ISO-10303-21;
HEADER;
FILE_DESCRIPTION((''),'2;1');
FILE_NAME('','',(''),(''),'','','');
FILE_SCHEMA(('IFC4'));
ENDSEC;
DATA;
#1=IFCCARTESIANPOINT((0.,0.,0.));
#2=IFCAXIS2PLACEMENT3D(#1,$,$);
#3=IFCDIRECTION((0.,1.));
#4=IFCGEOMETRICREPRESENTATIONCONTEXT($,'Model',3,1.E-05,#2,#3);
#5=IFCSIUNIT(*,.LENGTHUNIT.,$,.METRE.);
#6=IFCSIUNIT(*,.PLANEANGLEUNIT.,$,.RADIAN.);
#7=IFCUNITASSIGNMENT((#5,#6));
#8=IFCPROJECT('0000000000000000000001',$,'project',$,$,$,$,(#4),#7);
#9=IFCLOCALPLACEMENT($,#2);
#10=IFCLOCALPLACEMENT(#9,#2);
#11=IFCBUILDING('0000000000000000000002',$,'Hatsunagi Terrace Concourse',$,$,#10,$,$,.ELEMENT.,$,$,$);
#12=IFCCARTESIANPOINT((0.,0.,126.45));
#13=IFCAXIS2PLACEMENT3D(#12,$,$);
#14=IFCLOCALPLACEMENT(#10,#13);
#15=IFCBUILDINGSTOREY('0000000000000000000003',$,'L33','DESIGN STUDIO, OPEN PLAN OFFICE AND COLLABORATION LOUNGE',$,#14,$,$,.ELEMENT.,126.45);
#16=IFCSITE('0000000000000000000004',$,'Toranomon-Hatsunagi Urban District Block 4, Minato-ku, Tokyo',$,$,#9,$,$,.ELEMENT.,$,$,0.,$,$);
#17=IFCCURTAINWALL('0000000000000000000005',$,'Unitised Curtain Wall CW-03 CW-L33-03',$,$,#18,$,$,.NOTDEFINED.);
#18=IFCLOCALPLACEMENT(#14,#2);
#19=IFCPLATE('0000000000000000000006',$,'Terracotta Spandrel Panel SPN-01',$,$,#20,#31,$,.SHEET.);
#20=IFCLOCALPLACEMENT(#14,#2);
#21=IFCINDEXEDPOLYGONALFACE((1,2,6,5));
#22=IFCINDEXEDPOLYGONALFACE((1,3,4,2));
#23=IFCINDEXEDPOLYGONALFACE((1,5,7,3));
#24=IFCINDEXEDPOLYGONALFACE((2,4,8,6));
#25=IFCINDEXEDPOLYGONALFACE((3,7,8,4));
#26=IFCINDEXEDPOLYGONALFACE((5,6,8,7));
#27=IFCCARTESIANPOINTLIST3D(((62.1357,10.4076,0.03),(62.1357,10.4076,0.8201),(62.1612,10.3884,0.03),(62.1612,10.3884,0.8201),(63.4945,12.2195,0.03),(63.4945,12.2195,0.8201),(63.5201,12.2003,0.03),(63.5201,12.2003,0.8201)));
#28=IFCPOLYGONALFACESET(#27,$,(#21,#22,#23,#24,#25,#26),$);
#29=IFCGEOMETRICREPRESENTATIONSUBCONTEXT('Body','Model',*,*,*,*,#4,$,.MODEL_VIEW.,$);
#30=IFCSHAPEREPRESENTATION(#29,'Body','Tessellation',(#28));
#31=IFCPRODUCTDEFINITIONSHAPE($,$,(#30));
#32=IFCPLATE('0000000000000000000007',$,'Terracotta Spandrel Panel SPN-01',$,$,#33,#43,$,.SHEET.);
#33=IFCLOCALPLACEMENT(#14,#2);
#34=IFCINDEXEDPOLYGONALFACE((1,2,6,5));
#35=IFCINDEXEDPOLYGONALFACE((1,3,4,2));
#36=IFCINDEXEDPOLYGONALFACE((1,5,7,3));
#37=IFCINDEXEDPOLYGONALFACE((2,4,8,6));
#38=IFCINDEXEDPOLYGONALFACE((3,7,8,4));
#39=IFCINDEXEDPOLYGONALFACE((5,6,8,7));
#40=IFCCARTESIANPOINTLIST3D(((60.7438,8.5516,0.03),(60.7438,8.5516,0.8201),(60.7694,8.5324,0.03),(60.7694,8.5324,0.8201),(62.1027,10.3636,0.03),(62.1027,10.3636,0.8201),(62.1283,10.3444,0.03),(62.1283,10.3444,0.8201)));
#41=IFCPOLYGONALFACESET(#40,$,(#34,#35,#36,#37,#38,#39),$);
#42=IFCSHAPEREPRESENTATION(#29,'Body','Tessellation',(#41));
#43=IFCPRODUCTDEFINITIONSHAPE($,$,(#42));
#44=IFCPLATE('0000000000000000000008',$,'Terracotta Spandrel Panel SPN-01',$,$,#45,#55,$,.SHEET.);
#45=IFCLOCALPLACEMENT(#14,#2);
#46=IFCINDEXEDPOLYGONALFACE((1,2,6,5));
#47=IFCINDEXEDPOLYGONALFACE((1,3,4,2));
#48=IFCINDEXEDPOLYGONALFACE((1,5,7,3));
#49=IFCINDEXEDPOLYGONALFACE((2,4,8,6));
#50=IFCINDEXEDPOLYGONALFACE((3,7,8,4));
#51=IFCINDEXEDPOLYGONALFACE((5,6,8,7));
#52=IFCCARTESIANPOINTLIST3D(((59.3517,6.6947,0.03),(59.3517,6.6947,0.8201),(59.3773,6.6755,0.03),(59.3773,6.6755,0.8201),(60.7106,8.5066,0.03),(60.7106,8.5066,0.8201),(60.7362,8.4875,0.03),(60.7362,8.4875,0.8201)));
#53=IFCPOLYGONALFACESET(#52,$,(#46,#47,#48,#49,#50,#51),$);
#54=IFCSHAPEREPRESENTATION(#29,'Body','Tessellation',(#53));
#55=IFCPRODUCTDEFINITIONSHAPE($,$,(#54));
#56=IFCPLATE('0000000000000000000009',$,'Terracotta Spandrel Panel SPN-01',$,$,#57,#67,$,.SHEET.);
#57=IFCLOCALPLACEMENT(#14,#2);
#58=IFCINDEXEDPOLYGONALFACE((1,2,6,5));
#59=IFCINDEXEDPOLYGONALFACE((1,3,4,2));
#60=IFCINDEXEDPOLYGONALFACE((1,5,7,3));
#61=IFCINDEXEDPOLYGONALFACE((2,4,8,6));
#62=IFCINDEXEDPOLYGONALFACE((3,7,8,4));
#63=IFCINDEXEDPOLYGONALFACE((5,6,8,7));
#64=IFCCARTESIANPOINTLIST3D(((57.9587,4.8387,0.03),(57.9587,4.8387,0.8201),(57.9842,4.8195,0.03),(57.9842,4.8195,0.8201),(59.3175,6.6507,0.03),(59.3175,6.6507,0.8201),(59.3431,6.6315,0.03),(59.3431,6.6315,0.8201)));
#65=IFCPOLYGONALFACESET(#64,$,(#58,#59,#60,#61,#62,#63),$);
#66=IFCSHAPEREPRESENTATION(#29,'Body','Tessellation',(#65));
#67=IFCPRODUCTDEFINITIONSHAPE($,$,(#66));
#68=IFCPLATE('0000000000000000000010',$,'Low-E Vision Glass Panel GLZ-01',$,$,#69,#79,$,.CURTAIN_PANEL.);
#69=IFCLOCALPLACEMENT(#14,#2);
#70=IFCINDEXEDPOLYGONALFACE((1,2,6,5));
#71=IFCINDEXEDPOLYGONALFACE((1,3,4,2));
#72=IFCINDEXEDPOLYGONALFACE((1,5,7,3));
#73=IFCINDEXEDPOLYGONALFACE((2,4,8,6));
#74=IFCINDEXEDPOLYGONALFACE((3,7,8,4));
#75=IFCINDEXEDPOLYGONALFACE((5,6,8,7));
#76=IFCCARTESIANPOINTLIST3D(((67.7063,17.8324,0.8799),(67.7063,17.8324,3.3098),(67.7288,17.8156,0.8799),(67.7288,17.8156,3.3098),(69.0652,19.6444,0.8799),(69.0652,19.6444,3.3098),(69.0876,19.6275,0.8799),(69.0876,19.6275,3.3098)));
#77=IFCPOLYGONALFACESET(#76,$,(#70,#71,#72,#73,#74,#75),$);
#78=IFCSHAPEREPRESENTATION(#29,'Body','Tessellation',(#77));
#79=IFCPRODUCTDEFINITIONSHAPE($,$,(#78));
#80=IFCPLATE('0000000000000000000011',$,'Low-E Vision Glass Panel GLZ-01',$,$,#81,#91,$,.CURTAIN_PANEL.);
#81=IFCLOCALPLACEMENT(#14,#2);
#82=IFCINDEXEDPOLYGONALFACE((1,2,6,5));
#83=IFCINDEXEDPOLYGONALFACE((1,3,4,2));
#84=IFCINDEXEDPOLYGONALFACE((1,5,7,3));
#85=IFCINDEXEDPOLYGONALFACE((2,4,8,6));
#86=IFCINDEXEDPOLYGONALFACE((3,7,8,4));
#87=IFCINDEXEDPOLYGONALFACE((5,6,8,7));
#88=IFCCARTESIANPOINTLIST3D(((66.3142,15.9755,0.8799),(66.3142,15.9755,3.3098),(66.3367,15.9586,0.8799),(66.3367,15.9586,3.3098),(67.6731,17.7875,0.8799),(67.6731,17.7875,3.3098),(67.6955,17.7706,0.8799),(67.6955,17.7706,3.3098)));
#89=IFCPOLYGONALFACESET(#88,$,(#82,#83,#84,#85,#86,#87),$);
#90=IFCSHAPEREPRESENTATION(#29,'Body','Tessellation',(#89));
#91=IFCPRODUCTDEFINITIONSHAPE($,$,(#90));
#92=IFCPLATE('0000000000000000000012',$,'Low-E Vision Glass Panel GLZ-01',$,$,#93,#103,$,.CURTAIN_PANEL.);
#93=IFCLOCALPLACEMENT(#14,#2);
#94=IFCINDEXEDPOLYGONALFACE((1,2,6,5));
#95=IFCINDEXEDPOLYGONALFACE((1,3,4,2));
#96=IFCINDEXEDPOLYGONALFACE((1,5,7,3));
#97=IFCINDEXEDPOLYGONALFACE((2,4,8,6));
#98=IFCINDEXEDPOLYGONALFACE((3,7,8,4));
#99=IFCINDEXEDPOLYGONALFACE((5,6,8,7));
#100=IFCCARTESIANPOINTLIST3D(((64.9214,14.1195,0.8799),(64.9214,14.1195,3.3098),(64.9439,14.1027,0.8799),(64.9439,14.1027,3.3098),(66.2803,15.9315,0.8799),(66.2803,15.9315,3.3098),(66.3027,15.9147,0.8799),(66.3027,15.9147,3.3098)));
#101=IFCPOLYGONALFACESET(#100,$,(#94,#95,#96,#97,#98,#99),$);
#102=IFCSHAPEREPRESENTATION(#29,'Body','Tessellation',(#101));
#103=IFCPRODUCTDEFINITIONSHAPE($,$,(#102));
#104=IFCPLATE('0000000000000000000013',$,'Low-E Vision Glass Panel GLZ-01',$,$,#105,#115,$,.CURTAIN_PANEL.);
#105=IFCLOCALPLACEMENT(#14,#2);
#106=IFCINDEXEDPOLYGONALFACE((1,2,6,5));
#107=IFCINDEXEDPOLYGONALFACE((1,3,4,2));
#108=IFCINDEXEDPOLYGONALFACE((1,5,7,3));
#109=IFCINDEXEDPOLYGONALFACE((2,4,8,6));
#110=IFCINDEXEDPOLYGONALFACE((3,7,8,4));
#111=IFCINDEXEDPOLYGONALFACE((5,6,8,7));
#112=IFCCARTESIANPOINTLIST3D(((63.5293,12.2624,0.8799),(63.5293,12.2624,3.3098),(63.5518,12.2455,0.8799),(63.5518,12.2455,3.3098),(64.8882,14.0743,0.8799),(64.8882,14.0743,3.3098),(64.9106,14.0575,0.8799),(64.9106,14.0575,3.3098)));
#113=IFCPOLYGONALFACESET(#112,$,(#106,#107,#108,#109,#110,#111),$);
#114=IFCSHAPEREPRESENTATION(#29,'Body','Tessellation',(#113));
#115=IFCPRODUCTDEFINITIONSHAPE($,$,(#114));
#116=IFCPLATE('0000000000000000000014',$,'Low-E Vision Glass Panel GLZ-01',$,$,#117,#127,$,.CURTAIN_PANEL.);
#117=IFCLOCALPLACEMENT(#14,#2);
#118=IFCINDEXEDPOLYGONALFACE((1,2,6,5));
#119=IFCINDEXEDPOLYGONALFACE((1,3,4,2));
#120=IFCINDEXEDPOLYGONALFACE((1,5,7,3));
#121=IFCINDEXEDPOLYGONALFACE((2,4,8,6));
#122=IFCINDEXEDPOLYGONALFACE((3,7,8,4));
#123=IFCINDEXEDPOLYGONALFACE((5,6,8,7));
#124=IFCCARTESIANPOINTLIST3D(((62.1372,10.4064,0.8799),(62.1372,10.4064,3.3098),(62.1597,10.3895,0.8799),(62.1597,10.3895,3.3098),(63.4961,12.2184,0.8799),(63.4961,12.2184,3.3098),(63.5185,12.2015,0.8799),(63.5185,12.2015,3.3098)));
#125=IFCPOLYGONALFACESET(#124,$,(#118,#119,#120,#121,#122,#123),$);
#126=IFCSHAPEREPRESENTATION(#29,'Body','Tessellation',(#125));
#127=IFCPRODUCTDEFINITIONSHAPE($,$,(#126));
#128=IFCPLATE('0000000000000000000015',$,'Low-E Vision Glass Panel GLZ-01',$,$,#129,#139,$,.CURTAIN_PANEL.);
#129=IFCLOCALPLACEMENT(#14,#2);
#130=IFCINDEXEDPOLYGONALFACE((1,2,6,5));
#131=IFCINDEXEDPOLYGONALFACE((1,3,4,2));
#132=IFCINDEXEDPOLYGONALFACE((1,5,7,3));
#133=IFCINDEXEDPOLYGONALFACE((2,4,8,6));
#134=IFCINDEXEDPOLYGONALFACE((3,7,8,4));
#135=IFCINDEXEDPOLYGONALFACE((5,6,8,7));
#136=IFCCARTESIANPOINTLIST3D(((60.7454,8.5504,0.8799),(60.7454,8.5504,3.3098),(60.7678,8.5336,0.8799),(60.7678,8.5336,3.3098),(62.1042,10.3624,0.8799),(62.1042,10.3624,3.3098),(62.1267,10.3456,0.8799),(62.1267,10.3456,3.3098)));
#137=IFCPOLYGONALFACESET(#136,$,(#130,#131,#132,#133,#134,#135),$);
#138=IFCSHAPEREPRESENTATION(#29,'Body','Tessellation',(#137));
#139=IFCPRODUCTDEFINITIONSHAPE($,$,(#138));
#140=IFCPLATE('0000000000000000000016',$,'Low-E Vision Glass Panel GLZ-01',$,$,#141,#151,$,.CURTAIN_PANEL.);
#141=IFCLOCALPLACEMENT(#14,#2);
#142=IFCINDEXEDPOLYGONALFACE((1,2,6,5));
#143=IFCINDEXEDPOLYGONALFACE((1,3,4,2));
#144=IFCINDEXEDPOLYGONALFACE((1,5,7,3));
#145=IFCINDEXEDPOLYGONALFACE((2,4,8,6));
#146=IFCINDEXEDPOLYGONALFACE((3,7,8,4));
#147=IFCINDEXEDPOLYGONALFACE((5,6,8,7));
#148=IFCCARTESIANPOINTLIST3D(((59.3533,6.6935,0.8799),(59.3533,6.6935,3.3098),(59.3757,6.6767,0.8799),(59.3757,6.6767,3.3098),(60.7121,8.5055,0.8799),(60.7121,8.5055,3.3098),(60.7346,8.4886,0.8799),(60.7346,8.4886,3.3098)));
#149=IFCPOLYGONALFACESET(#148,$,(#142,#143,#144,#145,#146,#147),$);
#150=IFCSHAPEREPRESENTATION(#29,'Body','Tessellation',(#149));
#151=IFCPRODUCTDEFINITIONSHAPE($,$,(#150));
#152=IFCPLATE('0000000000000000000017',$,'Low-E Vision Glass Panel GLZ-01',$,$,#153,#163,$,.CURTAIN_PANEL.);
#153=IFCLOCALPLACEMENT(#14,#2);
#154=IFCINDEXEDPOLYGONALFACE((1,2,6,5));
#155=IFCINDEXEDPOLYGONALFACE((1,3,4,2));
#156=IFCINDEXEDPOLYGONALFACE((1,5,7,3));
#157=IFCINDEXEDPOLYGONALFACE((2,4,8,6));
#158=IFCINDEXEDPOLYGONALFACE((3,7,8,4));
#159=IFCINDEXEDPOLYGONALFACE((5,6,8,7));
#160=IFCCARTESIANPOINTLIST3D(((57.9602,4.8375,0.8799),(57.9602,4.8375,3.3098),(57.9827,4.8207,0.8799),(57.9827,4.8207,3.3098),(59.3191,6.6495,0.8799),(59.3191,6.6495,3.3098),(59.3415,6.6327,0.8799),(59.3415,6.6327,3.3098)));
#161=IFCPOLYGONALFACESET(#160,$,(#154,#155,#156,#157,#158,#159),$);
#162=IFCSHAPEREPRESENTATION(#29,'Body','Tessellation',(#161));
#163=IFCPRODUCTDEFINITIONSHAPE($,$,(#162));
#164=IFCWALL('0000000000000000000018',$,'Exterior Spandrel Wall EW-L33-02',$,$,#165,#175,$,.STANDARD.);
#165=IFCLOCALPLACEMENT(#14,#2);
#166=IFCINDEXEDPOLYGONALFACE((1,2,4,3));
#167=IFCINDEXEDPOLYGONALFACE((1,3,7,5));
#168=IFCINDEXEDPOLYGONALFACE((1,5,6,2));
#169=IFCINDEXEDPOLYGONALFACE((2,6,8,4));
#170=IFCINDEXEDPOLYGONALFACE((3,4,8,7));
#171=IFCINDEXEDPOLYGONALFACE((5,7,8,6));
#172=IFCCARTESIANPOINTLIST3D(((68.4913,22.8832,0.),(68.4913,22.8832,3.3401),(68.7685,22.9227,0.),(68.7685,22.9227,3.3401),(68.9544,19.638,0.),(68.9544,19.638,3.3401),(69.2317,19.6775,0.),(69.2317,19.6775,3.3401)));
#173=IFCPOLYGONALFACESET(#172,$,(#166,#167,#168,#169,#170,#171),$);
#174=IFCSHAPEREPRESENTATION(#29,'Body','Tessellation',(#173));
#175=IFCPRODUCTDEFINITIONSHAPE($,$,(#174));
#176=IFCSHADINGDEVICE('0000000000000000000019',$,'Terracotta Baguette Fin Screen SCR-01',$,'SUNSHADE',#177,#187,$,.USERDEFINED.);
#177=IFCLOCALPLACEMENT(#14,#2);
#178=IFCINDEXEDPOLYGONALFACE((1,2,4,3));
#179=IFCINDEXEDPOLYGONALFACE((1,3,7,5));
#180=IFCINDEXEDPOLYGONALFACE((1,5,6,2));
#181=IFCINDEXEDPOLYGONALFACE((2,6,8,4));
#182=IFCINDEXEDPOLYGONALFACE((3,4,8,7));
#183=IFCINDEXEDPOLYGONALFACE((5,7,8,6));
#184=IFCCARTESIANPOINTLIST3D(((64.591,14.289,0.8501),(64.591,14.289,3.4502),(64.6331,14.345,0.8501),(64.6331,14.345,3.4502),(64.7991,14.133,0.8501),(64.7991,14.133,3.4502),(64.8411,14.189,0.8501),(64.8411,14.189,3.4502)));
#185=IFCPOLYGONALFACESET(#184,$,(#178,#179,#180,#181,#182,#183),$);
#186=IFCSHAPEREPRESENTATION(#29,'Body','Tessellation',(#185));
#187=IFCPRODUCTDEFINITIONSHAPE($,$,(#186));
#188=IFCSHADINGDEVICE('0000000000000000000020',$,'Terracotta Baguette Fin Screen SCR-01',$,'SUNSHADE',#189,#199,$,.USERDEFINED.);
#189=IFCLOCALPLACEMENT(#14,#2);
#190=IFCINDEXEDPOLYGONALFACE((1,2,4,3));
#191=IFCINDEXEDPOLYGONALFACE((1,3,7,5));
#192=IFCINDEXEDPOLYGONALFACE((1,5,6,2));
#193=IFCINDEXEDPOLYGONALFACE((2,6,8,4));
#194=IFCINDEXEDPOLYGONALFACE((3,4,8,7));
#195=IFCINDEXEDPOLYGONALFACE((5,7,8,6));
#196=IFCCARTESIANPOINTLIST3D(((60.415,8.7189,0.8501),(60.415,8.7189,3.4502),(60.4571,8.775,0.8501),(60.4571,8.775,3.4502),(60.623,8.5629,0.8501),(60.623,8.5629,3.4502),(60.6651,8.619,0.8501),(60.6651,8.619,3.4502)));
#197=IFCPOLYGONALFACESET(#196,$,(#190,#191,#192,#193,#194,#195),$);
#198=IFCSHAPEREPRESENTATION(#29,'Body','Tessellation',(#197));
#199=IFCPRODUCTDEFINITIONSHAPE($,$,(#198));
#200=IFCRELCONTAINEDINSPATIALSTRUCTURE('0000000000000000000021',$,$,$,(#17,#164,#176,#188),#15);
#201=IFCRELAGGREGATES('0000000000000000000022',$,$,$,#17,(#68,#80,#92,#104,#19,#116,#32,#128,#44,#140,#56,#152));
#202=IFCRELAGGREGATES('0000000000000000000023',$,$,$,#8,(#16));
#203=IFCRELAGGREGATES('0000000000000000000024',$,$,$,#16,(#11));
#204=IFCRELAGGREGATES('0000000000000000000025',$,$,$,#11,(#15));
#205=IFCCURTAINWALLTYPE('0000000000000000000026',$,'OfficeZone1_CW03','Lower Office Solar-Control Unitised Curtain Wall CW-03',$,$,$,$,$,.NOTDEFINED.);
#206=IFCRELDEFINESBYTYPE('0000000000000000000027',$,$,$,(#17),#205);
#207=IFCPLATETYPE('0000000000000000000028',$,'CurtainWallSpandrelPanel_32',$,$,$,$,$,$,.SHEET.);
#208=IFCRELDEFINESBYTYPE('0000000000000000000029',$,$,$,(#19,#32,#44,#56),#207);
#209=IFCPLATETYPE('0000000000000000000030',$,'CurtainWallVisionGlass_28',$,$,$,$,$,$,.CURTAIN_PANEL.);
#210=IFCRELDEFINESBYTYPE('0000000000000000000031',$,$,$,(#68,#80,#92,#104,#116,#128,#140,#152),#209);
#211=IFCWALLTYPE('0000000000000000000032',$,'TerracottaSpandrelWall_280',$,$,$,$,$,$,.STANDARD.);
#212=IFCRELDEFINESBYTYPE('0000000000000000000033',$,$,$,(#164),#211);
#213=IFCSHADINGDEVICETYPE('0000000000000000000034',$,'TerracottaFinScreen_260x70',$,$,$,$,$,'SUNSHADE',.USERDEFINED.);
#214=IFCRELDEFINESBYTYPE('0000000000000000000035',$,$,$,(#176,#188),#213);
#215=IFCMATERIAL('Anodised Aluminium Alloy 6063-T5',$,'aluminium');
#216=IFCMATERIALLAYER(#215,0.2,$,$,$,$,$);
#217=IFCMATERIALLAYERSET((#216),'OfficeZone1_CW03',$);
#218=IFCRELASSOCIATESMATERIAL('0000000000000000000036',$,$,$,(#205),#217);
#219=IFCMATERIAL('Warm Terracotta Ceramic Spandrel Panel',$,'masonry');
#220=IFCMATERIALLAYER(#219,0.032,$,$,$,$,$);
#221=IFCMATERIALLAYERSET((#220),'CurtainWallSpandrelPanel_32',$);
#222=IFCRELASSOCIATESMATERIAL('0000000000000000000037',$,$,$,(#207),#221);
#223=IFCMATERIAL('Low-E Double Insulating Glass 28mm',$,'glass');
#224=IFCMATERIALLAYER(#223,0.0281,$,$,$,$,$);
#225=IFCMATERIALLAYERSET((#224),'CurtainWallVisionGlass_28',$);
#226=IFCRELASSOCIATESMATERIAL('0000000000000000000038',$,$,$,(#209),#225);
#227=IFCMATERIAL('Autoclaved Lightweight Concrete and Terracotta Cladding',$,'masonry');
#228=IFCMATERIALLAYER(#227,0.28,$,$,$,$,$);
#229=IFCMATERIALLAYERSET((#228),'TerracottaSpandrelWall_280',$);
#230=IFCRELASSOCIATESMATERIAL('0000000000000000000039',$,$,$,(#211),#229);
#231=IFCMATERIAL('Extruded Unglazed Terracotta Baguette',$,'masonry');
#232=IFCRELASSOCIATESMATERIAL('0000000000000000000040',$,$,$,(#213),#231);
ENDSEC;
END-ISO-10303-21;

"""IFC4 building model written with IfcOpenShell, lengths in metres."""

from ifc_helpers import new_model, si_unit, direction, frame, frame_2d, origin, origin_2d, place, context, subcontext, project, spatial, rectangle, extrude, material, layer, layer_set, type_object, element, aggregate, save


model = new_model("IFC4")

# Units and contexts
model_context = context("Model", 3, precision=1e-05, world=origin(), true_north=direction((0.0, 1.0)))
body_context = subcontext(model_context, "Body", "Model", "MODEL_VIEW")
ifc_project = project(units=[si_unit("LENGTHUNIT", "METRE"), si_unit("PLANEANGLEUNIT", "RADIAN")], contexts=[model_context])

# Site, building, storey
site_placement = place(None, origin())
site = spatial("IfcSite", under=ifc_project, at=site_placement, Name="Toranomon-Hatsunagi Urban District Block 4, Minato-ku, Tokyo", CompositionType="ELEMENT", RefElevation=0.0)
building_placement = place(site_placement, origin())
building = spatial("IfcBuilding", under=site, at=building_placement, Name="Hatsunagi Terrace Concourse", CompositionType="ELEMENT")
storey_placement = place(building_placement, frame((0.0, 0.0, 126.45)))
storey = spatial("IfcBuildingStorey", under=building, at=storey_placement, Name="L33", Description="DESIGN STUDIO, OPEN PLAN OFFICE AND COLLABORATION LOUNGE", CompositionType="ELEMENT", Elevation=126.45)

# Curtain wall
ifc_material_1 = material(Name="Anodised Aluminium Alloy 6063-T5", Category="aluminium")
ifc_layer_1 = layer(ifc_material_1, 0.2)
ifc_layer_set_1 = layer_set([ifc_layer_1], Name="OfficeZone1_CW03")
curtain_wall_type = type_object("IfcCurtainWallType", Name="OfficeZone1_CW03", Description="Lower Office Solar-Control Unitised Curtain Wall CW-03", PredefinedType="NOTDEFINED", material=ifc_layer_set_1)
curtain_wall_placement = place(storey_placement, origin())
curtain_wall = element("IfcCurtainWall", 1, at=curtain_wall_placement, inside=storey, type_object=curtain_wall_type, Name="Unitised Curtain Wall CW-03 CW-L33-03", PredefinedType="NOTDEFINED")

# Plates
ifc_material_2 = material(Name="Warm Terracotta Ceramic Spandrel Panel", Category="masonry")
ifc_layer_2 = layer(ifc_material_2, 0.032)
ifc_layer_set_2 = layer_set([ifc_layer_2], Name="CurtainWallSpandrelPanel_32")
plate_type_1 = type_object("IfcPlateType", Name="CurtainWallSpandrelPanel_32", PredefinedType="SHEET", material=ifc_layer_set_2)
plate_1_placement = place(storey_placement, frame((62.8279, 11.304, 0.03), z_axis=(0.0, 0.0, 1.0), x_axis=(-0.599969, -0.800023, 0.0)))
plate_1 = element("IfcPlate", 2, at=plate_1_placement, type_object=plate_type_1, Name="Terracotta Spandrel Panel SPN-01", PredefinedType="SHEET", context=body_context, shape_type="SweptSolid", body=[
    extrude(rectangle(XDim=2.2649, YDim=0.032, at=origin_2d()), origin(), (0.0, 0.0, 1.0), 0.79),
])
plate_2_placement = place(storey_placement, frame((61.436, 9.448, 0.03), z_axis=(0.0, 0.0, 1.0), x_axis=(-0.599969, -0.800023, 0.0)))
plate_2 = element("IfcPlate", 3, at=plate_2_placement, type_object=plate_type_1, Name="Terracotta Spandrel Panel SPN-01", PredefinedType="SHEET", context=body_context, shape_type="SweptSolid", body=[
    extrude(rectangle(XDim=2.2649, YDim=0.032, at=origin_2d()), origin(), (0.0, 0.0, 1.0), 0.79),
])
plate_3_placement = place(storey_placement, frame((60.0439, 7.5911, 0.03), z_axis=(0.0, 0.0, 1.0), x_axis=(-0.599969, -0.800023, 0.0)))
plate_3 = element("IfcPlate", 4, at=plate_3_placement, type_object=plate_type_1, Name="Terracotta Spandrel Panel SPN-01", PredefinedType="SHEET", context=body_context, shape_type="SweptSolid", body=[
    extrude(rectangle(XDim=2.2649, YDim=0.032, at=origin_2d()), origin(), (0.0, 0.0, 1.0), 0.79),
])
plate_4_placement = place(storey_placement, frame((58.6509, 5.7351, 0.03), z_axis=(0.0, 0.0, 1.0), x_axis=(-0.599969, -0.800023, 0.0)))
plate_4 = element("IfcPlate", 5, at=plate_4_placement, type_object=plate_type_1, Name="Terracotta Spandrel Panel SPN-01", PredefinedType="SHEET", context=body_context, shape_type="SweptSolid", body=[
    extrude(rectangle(XDim=2.2649, YDim=0.032, at=origin_2d()), origin(), (0.0, 0.0, 1.0), 0.79),
])
ifc_material_3 = material(Name="Low-E Double Insulating Glass 28mm", Category="glass")
ifc_layer_3 = layer(ifc_material_3, 0.0281)
ifc_layer_set_3 = layer_set([ifc_layer_3], Name="CurtainWallVisionGlass_28")
plate_type_2 = type_object("IfcPlateType", Name="CurtainWallVisionGlass_28", PredefinedType="CURTAIN_PANEL", material=ifc_layer_set_3)
plate_5_placement = place(storey_placement, frame((68.397, 18.73, 0.8799), z_axis=(0.0, 0.0, 1.0), x_axis=(-0.599969, -0.800023, 0.0)))
plate_5 = element("IfcPlate", 6, at=plate_5_placement, type_object=plate_type_2, Name="Low-E Vision Glass Panel GLZ-01", PredefinedType="CURTAIN_PANEL", context=body_context, shape_type="SweptSolid", body=[
    extrude(rectangle(XDim=2.2649, YDim=0.0281, at=origin_2d()), origin(), (0.0, 0.0, 1.0), 2.4299),
])
plate_6_placement = place(storey_placement, frame((67.0049, 16.873, 0.8799), z_axis=(0.0, 0.0, 1.0), x_axis=(-0.599969, -0.800023, 0.0)))
plate_6 = element("IfcPlate", 7, at=plate_6_placement, type_object=plate_type_2, Name="Low-E Vision Glass Panel GLZ-01", PredefinedType="CURTAIN_PANEL", context=body_context, shape_type="SweptSolid", body=[
    extrude(rectangle(XDim=2.2649, YDim=0.0281, at=origin_2d()), origin(), (0.0, 0.0, 1.0), 2.4299),
])
plate_7_placement = place(storey_placement, frame((65.6121, 15.0171, 0.8799), z_axis=(0.0, 0.0, 1.0), x_axis=(-0.599969, -0.800023, 0.0)))
plate_7 = element("IfcPlate", 8, at=plate_7_placement, type_object=plate_type_2, Name="Low-E Vision Glass Panel GLZ-01", PredefinedType="CURTAIN_PANEL", context=body_context, shape_type="SweptSolid", body=[
    extrude(rectangle(XDim=2.2649, YDim=0.0281, at=origin_2d()), origin(), (0.0, 0.0, 1.0), 2.4299),
])
plate_8_placement = place(storey_placement, frame((64.22, 13.1599, 0.8799), z_axis=(0.0, 0.0, 1.0), x_axis=(-0.599969, -0.800023, 0.0)))
plate_8 = element("IfcPlate", 9, at=plate_8_placement, type_object=plate_type_2, Name="Low-E Vision Glass Panel GLZ-01", PredefinedType="CURTAIN_PANEL", context=body_context, shape_type="SweptSolid", body=[
    extrude(rectangle(XDim=2.2649, YDim=0.0281, at=origin_2d()), origin(), (0.0, 0.0, 1.0), 2.4299),
])
plate_9_placement = place(storey_placement, frame((62.8279, 11.304, 0.8799), z_axis=(0.0, 0.0, 1.0), x_axis=(-0.599969, -0.800023, 0.0)))
plate_9 = element("IfcPlate", 10, at=plate_9_placement, type_object=plate_type_2, Name="Low-E Vision Glass Panel GLZ-01", PredefinedType="CURTAIN_PANEL", context=body_context, shape_type="SweptSolid", body=[
    extrude(rectangle(XDim=2.2649, YDim=0.0281, at=origin_2d()), origin(), (0.0, 0.0, 1.0), 2.4299),
])
plate_10_placement = place(storey_placement, frame((61.436, 9.448, 0.8799), z_axis=(0.0, 0.0, 1.0), x_axis=(-0.599969, -0.800023, 0.0)))
plate_10 = element("IfcPlate", 11, at=plate_10_placement, type_object=plate_type_2, Name="Low-E Vision Glass Panel GLZ-01", PredefinedType="CURTAIN_PANEL", context=body_context, shape_type="SweptSolid", body=[
    extrude(rectangle(XDim=2.2649, YDim=0.0281, at=origin_2d()), origin(), (0.0, 0.0, 1.0), 2.4299),
])
plate_11_placement = place(storey_placement, frame((60.0439, 7.5911, 0.8799), z_axis=(0.0, 0.0, 1.0), x_axis=(-0.599969, -0.800023, 0.0)))
plate_11 = element("IfcPlate", 12, at=plate_11_placement, type_object=plate_type_2, Name="Low-E Vision Glass Panel GLZ-01", PredefinedType="CURTAIN_PANEL", context=body_context, shape_type="SweptSolid", body=[
    extrude(rectangle(XDim=2.2649, YDim=0.0281, at=origin_2d()), origin(), (0.0, 0.0, 1.0), 2.4299),
])
plate_12_placement = place(storey_placement, frame((58.6509, 5.7351, 0.8799), z_axis=(0.0, 0.0, 1.0), x_axis=(-0.599969, -0.800023, 0.0)))
plate_12 = element("IfcPlate", 13, at=plate_12_placement, type_object=plate_type_2, Name="Low-E Vision Glass Panel GLZ-01", PredefinedType="CURTAIN_PANEL", context=body_context, shape_type="SweptSolid", body=[
    extrude(rectangle(XDim=2.2649, YDim=0.0281, at=origin_2d()), origin(), (0.0, 0.0, 1.0), 2.4299),
])
aggregate(curtain_wall, [plate_5, plate_6, plate_7, plate_8, plate_1, plate_9, plate_2, plate_10, plate_3, plate_11, plate_4, plate_12])

# Wall
ifc_material_4 = material(Name="Autoclaved Lightweight Concrete and Terracotta Cladding", Category="masonry")
ifc_layer_4 = layer(ifc_material_4, 0.28)
ifc_layer_set_4 = layer_set([ifc_layer_4], Name="TerracottaSpandrelWall_280")
wall_type = type_object("IfcWallType", Name="TerracottaSpandrelWall_280", PredefinedType="STANDARD", material=ifc_layer_set_4)
wall_placement = place(storey_placement, frame((68.6299, 22.9031, 0.0), z_axis=(0.0, 0.0, 1.0), x_axis=(0.141286, -0.989969, 0.0)))
element("IfcWall", 14, at=wall_placement, inside=storey, type_object=wall_type, Name="Exterior Spandrel Wall EW-L33-02", PredefinedType="STANDARD", context=body_context, shape_type="SweptSolid", body=[
    extrude(rectangle(XDim=3.2781, YDim=0.28, at=frame_2d((1.6392, 0.0))), origin(), (0.0, 0.0, 1.0), 3.3401),
])

# Shading devices
ifc_material_5 = material(Name="Extruded Unglazed Terracotta Baguette", Category="masonry")
shading_device_type = type_object("IfcShadingDeviceType", Name="TerracottaFinScreen_260x70", ElementType="SUNSHADE", PredefinedType="USERDEFINED", material=ifc_material_5)
for number, where, z_axis, x_axis, name in (
    (15, (64.7161, 14.239, 0.8501), (0.0, 0.0, 1.0), (-0.599969, -0.800023, 0.0), "Terracotta Baguette Fin Screen SCR-01"),
    (16, (60.54, 8.6689, 0.8501), (0.0, 0.0, 1.0), (-0.599969, -0.800023, 0.0), "Terracotta Baguette Fin Screen SCR-01"),
):
    element("IfcShadingDevice", number, at=place(storey_placement, frame(where, z_axis=z_axis, x_axis=x_axis)), inside=storey, type_object=shading_device_type, Name=name, ObjectType="SUNSHADE", PredefinedType="USERDEFINED", context=body_context, shape_type="SweptSolid", body=[
        extrude(rectangle(XDim=0.0701, YDim=0.26, at=origin_2d()), origin(), (0.0, 0.0, 1.0), 2.6001),
    ])

save(model, "model.ifc")
